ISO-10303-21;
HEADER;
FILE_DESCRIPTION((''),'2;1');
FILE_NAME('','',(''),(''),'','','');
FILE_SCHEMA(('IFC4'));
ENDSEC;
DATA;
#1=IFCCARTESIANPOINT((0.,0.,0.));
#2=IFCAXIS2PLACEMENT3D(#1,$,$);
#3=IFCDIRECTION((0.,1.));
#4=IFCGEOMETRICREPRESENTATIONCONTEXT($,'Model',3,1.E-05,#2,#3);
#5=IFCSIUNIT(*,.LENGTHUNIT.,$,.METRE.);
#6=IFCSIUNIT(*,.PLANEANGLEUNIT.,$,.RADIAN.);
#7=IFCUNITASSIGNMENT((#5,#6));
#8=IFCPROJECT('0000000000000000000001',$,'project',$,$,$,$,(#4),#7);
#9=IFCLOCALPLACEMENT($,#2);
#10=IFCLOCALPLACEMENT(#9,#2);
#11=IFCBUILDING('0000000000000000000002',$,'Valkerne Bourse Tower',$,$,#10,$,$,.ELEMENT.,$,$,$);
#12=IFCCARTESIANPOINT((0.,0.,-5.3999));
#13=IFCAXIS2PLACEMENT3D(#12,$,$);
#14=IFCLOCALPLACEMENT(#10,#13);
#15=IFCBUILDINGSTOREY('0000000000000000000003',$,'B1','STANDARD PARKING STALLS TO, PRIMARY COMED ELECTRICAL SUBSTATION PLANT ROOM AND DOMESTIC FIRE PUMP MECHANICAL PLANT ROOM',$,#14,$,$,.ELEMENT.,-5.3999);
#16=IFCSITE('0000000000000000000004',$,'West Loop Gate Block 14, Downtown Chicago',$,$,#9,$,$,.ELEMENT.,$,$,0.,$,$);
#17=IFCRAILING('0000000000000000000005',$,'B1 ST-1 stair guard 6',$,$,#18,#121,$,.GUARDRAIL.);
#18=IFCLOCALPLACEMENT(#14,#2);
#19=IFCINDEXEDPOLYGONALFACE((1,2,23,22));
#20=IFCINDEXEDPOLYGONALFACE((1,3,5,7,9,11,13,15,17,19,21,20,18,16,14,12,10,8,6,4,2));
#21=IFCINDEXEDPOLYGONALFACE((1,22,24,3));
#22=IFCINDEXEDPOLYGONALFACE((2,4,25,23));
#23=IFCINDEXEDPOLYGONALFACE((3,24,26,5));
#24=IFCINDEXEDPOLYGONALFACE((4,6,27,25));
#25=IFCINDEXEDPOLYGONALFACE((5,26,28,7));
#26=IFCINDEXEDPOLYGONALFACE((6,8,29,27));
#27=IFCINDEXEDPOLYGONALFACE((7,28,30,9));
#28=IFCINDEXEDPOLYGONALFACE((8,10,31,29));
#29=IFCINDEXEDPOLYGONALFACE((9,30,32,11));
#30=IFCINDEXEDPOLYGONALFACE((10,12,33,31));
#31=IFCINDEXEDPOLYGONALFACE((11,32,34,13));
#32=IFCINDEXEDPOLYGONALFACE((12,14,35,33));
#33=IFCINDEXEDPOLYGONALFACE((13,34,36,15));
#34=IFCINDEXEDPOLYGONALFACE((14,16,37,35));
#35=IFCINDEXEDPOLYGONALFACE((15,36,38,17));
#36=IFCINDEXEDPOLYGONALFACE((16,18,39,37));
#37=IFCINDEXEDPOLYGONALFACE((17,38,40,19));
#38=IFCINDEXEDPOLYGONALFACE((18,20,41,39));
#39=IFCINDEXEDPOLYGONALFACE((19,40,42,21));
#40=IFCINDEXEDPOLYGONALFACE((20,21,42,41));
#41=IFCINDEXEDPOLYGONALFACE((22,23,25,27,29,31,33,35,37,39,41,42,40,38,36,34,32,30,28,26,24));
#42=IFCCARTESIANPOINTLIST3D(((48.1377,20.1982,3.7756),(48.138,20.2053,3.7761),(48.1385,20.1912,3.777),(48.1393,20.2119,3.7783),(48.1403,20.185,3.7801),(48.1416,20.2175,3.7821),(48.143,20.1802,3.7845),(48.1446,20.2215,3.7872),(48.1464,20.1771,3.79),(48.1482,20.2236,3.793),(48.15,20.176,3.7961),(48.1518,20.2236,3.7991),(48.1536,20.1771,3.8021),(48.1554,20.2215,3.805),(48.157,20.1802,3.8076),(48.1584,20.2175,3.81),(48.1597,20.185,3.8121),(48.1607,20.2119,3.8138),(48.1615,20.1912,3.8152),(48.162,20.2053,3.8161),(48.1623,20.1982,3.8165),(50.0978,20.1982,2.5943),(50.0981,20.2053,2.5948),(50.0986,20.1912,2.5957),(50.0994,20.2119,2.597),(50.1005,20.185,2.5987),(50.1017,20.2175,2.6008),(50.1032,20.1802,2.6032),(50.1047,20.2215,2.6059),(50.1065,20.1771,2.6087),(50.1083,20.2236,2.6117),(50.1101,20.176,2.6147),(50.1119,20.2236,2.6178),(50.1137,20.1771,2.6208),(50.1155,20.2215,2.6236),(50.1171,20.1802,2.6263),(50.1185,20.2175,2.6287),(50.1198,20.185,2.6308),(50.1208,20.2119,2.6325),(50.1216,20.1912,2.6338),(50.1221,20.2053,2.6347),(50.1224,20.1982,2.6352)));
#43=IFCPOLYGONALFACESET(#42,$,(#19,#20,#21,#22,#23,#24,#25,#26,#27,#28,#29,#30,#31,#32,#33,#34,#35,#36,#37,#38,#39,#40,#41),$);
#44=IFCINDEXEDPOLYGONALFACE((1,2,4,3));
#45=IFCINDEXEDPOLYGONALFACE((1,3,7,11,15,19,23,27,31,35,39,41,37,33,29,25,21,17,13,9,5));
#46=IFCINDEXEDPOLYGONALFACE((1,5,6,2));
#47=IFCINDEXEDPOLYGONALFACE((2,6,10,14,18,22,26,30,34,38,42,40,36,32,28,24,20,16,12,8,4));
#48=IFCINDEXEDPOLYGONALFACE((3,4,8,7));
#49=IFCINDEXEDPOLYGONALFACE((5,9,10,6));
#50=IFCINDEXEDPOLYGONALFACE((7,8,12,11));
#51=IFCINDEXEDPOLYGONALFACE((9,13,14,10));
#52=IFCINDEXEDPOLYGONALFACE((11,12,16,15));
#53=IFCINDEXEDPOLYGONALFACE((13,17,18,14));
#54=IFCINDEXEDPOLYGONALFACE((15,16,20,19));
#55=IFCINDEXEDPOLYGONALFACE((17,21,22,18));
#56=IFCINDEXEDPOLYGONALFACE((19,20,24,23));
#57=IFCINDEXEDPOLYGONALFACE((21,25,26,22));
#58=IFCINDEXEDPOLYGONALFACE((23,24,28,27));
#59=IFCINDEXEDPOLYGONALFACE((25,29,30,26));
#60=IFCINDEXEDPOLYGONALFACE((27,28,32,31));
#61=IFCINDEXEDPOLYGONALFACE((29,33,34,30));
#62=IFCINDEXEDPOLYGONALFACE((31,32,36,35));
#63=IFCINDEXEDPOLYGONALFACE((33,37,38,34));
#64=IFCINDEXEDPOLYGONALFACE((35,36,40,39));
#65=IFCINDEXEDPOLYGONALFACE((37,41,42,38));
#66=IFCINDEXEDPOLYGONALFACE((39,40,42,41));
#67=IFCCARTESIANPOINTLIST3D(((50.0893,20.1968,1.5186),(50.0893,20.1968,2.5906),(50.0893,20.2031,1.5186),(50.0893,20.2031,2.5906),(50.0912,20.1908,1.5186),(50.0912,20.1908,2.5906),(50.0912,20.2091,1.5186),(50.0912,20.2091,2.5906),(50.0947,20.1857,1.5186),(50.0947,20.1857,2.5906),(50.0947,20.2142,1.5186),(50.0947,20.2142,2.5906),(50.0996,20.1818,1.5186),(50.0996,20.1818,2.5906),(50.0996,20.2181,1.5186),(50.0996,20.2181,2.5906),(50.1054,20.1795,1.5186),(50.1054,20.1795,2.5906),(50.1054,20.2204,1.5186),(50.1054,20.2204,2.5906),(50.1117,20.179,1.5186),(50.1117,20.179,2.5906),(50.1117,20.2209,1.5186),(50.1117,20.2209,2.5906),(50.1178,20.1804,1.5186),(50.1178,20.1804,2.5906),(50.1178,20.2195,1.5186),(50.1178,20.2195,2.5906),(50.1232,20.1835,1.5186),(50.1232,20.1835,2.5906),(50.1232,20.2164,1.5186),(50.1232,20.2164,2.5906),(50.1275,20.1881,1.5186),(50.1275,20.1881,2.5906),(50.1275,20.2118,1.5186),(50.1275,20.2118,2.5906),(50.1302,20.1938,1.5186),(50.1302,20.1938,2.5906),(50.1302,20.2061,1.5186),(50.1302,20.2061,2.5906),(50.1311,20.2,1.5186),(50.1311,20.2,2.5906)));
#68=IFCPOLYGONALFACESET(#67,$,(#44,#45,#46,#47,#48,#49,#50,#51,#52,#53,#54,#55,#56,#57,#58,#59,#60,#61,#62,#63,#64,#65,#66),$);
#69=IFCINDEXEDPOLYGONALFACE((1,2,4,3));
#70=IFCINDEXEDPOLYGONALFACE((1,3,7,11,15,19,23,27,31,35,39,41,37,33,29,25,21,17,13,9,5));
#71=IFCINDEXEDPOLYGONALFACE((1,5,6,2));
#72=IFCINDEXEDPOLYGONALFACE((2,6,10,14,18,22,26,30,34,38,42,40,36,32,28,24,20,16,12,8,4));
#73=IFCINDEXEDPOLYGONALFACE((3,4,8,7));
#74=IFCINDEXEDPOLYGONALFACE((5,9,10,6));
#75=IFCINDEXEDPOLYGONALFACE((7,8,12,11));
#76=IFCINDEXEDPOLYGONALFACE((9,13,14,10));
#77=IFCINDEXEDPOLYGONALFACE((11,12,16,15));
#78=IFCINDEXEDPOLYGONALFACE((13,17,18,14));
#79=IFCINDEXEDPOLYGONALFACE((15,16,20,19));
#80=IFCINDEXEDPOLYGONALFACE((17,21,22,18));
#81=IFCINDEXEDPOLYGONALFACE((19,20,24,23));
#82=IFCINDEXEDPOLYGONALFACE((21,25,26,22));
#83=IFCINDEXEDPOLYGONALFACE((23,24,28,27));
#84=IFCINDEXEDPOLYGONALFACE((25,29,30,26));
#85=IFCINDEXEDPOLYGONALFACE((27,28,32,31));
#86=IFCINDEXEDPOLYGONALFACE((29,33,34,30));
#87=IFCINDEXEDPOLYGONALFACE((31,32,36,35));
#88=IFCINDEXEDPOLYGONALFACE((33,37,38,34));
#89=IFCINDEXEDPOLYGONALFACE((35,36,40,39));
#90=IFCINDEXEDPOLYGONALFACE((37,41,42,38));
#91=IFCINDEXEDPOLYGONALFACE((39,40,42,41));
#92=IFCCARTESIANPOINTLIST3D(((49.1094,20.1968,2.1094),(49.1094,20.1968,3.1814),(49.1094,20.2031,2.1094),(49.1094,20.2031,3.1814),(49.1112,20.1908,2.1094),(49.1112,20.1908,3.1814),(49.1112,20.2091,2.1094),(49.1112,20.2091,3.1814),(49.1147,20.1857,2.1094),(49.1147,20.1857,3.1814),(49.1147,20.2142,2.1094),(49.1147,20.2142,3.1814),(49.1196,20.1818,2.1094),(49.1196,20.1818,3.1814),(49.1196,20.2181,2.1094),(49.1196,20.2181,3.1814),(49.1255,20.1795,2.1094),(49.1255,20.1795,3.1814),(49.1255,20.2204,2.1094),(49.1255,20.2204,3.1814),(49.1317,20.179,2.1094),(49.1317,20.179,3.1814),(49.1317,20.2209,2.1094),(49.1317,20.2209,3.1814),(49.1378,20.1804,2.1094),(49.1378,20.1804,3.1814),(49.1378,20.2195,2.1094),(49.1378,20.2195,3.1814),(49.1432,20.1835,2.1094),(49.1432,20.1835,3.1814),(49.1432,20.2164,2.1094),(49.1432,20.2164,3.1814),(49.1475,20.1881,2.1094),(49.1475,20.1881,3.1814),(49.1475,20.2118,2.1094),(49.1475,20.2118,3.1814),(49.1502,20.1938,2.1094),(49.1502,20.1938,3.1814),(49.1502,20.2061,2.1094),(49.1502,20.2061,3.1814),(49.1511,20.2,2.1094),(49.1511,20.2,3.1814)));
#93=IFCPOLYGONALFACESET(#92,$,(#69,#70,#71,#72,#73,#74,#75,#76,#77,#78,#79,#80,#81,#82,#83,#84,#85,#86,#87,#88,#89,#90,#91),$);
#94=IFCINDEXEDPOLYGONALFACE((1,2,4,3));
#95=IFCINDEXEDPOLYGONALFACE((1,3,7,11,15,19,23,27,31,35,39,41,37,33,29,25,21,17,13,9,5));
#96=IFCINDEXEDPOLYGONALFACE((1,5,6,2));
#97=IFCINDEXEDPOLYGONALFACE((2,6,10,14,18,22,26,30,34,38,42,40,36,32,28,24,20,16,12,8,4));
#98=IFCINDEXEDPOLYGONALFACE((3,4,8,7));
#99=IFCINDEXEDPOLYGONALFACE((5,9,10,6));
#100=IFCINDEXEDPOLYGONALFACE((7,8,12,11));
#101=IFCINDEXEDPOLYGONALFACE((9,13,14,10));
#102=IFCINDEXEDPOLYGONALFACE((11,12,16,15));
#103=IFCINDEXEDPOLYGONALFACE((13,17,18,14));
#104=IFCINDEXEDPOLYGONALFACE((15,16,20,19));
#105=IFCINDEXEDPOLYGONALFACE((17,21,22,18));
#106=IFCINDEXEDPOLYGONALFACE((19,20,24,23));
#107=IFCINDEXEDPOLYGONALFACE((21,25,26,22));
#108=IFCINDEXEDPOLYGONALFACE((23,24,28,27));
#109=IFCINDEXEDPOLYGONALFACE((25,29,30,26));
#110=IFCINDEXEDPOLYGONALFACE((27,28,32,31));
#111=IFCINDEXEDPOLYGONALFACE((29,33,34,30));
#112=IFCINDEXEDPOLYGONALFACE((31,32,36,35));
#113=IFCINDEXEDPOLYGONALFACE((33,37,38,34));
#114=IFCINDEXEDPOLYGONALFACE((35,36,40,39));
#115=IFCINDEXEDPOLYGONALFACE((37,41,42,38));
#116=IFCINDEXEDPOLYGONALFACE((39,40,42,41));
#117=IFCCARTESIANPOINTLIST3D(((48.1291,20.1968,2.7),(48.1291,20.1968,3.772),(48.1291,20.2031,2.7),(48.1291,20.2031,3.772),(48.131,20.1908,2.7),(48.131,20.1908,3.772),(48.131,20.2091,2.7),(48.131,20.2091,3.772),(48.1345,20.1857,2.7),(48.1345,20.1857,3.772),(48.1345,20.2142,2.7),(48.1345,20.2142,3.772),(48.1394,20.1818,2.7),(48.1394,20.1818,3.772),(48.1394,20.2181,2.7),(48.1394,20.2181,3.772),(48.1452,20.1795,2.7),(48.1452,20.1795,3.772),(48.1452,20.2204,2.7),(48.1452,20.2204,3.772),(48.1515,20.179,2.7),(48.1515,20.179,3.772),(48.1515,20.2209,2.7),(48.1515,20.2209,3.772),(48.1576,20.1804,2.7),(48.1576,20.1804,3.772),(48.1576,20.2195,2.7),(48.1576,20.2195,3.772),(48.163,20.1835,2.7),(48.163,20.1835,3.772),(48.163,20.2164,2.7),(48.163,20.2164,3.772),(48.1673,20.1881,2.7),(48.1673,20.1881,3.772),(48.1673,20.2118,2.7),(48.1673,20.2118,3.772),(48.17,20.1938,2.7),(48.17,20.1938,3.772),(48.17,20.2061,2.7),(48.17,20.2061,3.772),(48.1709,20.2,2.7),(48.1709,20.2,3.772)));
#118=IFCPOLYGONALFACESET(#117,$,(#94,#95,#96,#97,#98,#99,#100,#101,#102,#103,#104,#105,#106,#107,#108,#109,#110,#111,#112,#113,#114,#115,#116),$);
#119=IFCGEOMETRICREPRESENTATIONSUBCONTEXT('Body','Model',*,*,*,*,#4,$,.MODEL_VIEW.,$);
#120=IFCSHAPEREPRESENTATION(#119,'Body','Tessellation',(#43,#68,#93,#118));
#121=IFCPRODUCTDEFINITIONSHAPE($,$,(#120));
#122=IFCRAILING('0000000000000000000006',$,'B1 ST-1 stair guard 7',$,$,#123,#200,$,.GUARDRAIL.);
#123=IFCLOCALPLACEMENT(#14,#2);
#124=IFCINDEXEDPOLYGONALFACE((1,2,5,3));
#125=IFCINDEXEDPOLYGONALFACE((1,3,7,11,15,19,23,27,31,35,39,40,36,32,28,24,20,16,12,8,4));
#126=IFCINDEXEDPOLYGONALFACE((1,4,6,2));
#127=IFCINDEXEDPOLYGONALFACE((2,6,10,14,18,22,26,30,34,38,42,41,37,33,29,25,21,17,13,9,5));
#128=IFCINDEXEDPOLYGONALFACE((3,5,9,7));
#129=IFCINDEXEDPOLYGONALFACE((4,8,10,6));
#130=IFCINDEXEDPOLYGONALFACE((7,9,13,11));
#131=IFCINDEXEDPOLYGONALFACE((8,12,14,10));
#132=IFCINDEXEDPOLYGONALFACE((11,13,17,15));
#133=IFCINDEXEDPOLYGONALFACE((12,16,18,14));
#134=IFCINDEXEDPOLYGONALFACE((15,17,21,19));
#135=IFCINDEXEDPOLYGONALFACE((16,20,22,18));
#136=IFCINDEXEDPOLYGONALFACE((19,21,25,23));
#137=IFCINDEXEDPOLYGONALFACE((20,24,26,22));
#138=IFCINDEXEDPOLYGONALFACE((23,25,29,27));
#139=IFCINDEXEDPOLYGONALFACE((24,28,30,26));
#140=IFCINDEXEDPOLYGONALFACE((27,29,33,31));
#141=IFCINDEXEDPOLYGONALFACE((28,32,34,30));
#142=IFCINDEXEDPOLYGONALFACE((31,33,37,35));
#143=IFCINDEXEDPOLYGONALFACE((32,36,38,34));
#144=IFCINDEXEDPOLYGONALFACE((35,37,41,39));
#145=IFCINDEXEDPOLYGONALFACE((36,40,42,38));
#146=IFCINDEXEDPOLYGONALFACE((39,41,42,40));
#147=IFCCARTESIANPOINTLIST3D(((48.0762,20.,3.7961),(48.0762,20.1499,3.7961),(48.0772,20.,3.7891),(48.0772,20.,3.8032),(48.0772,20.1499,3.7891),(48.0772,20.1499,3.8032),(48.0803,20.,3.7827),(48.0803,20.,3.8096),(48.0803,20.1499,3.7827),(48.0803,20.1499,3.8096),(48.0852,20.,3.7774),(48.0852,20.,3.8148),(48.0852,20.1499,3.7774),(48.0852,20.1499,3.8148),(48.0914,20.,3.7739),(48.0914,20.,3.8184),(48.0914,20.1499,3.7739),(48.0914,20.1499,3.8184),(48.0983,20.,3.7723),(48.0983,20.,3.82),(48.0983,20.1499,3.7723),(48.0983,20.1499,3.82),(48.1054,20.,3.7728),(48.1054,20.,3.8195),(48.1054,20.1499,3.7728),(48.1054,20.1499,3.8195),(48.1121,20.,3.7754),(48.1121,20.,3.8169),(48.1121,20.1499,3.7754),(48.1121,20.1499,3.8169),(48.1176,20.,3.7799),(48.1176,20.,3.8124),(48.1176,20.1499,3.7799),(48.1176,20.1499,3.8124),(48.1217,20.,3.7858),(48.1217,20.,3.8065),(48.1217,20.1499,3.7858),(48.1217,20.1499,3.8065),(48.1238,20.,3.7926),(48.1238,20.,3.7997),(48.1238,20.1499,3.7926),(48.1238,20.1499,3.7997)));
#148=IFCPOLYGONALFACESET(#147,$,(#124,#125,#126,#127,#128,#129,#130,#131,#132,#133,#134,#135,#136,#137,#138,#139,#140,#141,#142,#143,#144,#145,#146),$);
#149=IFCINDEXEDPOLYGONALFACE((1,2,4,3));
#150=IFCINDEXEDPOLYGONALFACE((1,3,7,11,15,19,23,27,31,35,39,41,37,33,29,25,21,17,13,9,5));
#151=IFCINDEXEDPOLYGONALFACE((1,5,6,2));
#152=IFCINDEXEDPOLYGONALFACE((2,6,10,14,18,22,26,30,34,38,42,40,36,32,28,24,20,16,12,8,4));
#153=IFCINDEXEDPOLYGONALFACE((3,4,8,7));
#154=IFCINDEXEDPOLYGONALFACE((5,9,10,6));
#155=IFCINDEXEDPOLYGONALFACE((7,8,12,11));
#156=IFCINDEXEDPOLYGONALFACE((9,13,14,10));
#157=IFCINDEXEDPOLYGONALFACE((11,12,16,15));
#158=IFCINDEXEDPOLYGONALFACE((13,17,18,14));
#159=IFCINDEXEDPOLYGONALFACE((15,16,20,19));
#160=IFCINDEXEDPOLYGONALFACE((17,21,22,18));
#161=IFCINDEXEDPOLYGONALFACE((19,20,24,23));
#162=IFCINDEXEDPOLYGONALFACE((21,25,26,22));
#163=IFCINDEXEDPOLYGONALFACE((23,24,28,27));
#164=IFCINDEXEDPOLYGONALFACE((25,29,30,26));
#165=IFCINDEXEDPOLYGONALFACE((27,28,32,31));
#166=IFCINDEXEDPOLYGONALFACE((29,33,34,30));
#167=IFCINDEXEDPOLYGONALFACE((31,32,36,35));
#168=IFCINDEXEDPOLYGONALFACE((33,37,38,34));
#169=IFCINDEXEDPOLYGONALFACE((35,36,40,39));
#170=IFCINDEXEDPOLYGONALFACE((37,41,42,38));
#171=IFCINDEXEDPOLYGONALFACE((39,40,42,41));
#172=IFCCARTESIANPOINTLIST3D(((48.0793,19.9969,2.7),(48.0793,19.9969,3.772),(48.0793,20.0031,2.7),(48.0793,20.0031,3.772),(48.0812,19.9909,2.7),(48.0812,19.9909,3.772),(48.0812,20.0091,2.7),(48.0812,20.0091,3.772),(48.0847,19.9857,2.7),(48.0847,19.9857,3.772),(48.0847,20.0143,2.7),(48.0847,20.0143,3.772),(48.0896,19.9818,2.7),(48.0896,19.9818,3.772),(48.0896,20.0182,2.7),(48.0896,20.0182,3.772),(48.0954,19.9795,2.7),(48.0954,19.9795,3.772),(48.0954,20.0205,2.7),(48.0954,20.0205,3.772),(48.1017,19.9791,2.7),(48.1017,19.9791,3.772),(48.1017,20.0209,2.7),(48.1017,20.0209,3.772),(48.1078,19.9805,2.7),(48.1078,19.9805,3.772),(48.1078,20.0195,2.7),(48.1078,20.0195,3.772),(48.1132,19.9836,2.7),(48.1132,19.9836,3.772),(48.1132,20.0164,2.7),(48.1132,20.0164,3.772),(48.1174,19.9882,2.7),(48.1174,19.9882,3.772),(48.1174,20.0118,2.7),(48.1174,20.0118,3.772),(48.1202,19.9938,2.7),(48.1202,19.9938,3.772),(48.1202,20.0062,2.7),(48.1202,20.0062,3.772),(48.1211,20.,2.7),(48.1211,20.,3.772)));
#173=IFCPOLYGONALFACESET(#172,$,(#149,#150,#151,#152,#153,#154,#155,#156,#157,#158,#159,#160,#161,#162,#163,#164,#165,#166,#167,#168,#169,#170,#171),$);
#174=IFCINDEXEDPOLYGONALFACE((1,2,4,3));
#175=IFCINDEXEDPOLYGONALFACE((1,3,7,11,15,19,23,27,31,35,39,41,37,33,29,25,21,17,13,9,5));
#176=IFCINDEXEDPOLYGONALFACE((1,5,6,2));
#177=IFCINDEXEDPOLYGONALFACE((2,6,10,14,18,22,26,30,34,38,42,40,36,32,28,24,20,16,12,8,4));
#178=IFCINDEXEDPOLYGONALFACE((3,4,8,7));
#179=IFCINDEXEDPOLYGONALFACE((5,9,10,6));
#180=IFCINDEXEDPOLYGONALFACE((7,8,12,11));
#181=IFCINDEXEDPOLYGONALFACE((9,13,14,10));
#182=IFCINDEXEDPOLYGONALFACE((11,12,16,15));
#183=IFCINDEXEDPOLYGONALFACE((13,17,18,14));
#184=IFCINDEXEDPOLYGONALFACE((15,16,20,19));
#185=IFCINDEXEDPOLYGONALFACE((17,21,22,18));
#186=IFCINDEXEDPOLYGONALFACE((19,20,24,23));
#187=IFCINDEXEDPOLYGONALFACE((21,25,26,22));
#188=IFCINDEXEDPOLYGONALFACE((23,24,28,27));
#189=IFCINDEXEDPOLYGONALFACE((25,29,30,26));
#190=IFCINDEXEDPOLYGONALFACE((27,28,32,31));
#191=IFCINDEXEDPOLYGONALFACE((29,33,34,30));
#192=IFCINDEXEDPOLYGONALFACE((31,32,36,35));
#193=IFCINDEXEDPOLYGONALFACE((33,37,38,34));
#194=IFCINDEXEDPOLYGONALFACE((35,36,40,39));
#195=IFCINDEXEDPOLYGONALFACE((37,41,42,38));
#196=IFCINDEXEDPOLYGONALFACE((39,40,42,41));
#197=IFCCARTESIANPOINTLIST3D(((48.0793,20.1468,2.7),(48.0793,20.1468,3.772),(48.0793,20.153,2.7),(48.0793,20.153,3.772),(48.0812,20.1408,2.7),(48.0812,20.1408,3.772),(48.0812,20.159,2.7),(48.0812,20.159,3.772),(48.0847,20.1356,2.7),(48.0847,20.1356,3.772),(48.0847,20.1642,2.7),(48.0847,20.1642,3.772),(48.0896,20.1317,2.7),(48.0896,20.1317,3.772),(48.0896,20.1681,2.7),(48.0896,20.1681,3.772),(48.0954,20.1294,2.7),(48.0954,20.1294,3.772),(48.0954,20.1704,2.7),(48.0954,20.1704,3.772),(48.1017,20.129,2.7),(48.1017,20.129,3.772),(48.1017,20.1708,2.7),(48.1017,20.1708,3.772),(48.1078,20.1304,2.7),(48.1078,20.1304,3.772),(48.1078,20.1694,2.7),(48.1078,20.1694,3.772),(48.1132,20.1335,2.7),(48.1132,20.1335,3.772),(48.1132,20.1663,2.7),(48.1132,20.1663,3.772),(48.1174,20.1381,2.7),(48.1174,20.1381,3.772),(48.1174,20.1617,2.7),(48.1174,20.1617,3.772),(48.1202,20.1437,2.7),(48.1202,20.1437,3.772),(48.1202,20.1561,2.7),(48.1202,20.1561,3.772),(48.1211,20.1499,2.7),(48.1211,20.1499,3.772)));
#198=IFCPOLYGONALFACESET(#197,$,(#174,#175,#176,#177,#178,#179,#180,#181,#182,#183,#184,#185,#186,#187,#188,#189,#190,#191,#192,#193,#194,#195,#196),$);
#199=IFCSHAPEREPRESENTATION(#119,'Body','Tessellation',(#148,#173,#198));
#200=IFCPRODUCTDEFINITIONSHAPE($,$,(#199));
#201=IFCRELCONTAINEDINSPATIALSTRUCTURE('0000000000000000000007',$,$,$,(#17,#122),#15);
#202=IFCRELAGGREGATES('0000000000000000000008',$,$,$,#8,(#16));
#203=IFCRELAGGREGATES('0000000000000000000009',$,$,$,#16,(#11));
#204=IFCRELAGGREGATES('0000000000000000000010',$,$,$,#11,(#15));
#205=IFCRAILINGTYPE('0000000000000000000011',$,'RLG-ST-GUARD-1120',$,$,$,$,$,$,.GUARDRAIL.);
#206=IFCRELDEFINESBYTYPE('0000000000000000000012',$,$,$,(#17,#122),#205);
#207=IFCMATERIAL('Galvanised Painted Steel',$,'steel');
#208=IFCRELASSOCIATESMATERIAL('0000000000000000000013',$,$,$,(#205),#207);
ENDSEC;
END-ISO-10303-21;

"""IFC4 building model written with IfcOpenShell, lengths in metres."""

from ifc_helpers import new_model, si_unit, direction, frame, origin, origin_2d, place, context, subcontext, project, spatial, circle, extrude, material, type_object, element, save


model = new_model("IFC4")

# Units and contexts
model_context = context("Model", 3, precision=1e-05, world=origin(), true_north=direction((0.0, 1.0)))
body_context = subcontext(model_context, "Body", "Model", "MODEL_VIEW")
ifc_project = project(units=[si_unit("LENGTHUNIT", "METRE"), si_unit("PLANEANGLEUNIT", "RADIAN")], contexts=[model_context])

# Site, building, storey
site_placement = place(None, origin())
site = spatial("IfcSite", under=ifc_project, at=site_placement, Name="West Loop Gate Block 14, Downtown Chicago", CompositionType="ELEMENT", RefElevation=0.0)
building_placement = place(site_placement, origin())
building = spatial("IfcBuilding", under=site, at=building_placement, Name="Valkerne Bourse Tower", CompositionType="ELEMENT")
storey_placement = place(building_placement, frame((0.0, 0.0, -5.3999)))
storey = spatial("IfcBuildingStorey", under=building, at=storey_placement, Name="B1", Description="STANDARD PARKING STALLS TO, PRIMARY COMED ELECTRICAL SUBSTATION PLANT ROOM AND DOMESTIC FIRE PUMP MECHANICAL PLANT ROOM", CompositionType="ELEMENT", Elevation=-5.3999)

# Shared definitions
ifc_material_1 = material(Name="Galvanised Painted Steel", Category="steel")

# Railings
railing_type_1 = type_object("IfcRailingType", Name="RLG-ST-GUARD-1120", PredefinedType="GUARDRAIL", material=ifc_material_1)
railing_1_placement = place(storey_placement, frame((50.1101, 20.2, 1.5186)))
element("IfcRailing", 1, at=railing_1_placement, inside=storey, type_object=railing_type_1, Name="B1 ST-1 stair guard 6", PredefinedType="GUARDRAIL", context=body_context, shape_type="SweptSolid", body=[
    extrude(circle(Radius=0.0239, at=origin_2d()), frame((0.0, 0.0, 1.0962), z_axis=(-0.856475, 0.0, 0.516189), x_axis=(0.0, -1.0, 0.0)), (0.0, 0.0, 1.0), 2.2886),
    extrude(circle(Radius=0.021, at=origin_2d()), origin(), (0.0, 0.0, 1.0), 1.072),
    extrude(circle(Radius=0.021, at=origin_2d()), frame((-0.98, 0.0, 0.5908)), (0.0, 0.0, 1.0), 1.072),
    extrude(circle(Radius=0.021, at=origin_2d()), frame((-1.9602, 0.0, 1.1814)), (0.0, 0.0, 1.0), 1.072),
])
railing_2_placement = place(storey_placement, frame((48.1001, 20.0, 2.7)))
element("IfcRailing", 2, at=railing_2_placement, inside=storey, type_object=railing_type_1, Name="B1 ST-1 stair guard 7", PredefinedType="GUARDRAIL", context=body_context, shape_type="SweptSolid", body=[
    extrude(circle(Radius=0.0239, at=origin_2d()), frame((0.0, 0.0, 1.0962), z_axis=(0.0, 1.0, 0.0), x_axis=(-1.0, 0.0, 0.0)), (0.0, 0.0, 1.0), 0.1499),
    extrude(circle(Radius=0.021, at=origin_2d()), origin(), (0.0, 0.0, 1.0), 1.072),
    extrude(circle(Radius=0.021, at=origin_2d()), frame((0.0, 0.1499, 0.0)), (0.0, 0.0, 1.0), 1.072),
])

save(model, "model.ifc")
